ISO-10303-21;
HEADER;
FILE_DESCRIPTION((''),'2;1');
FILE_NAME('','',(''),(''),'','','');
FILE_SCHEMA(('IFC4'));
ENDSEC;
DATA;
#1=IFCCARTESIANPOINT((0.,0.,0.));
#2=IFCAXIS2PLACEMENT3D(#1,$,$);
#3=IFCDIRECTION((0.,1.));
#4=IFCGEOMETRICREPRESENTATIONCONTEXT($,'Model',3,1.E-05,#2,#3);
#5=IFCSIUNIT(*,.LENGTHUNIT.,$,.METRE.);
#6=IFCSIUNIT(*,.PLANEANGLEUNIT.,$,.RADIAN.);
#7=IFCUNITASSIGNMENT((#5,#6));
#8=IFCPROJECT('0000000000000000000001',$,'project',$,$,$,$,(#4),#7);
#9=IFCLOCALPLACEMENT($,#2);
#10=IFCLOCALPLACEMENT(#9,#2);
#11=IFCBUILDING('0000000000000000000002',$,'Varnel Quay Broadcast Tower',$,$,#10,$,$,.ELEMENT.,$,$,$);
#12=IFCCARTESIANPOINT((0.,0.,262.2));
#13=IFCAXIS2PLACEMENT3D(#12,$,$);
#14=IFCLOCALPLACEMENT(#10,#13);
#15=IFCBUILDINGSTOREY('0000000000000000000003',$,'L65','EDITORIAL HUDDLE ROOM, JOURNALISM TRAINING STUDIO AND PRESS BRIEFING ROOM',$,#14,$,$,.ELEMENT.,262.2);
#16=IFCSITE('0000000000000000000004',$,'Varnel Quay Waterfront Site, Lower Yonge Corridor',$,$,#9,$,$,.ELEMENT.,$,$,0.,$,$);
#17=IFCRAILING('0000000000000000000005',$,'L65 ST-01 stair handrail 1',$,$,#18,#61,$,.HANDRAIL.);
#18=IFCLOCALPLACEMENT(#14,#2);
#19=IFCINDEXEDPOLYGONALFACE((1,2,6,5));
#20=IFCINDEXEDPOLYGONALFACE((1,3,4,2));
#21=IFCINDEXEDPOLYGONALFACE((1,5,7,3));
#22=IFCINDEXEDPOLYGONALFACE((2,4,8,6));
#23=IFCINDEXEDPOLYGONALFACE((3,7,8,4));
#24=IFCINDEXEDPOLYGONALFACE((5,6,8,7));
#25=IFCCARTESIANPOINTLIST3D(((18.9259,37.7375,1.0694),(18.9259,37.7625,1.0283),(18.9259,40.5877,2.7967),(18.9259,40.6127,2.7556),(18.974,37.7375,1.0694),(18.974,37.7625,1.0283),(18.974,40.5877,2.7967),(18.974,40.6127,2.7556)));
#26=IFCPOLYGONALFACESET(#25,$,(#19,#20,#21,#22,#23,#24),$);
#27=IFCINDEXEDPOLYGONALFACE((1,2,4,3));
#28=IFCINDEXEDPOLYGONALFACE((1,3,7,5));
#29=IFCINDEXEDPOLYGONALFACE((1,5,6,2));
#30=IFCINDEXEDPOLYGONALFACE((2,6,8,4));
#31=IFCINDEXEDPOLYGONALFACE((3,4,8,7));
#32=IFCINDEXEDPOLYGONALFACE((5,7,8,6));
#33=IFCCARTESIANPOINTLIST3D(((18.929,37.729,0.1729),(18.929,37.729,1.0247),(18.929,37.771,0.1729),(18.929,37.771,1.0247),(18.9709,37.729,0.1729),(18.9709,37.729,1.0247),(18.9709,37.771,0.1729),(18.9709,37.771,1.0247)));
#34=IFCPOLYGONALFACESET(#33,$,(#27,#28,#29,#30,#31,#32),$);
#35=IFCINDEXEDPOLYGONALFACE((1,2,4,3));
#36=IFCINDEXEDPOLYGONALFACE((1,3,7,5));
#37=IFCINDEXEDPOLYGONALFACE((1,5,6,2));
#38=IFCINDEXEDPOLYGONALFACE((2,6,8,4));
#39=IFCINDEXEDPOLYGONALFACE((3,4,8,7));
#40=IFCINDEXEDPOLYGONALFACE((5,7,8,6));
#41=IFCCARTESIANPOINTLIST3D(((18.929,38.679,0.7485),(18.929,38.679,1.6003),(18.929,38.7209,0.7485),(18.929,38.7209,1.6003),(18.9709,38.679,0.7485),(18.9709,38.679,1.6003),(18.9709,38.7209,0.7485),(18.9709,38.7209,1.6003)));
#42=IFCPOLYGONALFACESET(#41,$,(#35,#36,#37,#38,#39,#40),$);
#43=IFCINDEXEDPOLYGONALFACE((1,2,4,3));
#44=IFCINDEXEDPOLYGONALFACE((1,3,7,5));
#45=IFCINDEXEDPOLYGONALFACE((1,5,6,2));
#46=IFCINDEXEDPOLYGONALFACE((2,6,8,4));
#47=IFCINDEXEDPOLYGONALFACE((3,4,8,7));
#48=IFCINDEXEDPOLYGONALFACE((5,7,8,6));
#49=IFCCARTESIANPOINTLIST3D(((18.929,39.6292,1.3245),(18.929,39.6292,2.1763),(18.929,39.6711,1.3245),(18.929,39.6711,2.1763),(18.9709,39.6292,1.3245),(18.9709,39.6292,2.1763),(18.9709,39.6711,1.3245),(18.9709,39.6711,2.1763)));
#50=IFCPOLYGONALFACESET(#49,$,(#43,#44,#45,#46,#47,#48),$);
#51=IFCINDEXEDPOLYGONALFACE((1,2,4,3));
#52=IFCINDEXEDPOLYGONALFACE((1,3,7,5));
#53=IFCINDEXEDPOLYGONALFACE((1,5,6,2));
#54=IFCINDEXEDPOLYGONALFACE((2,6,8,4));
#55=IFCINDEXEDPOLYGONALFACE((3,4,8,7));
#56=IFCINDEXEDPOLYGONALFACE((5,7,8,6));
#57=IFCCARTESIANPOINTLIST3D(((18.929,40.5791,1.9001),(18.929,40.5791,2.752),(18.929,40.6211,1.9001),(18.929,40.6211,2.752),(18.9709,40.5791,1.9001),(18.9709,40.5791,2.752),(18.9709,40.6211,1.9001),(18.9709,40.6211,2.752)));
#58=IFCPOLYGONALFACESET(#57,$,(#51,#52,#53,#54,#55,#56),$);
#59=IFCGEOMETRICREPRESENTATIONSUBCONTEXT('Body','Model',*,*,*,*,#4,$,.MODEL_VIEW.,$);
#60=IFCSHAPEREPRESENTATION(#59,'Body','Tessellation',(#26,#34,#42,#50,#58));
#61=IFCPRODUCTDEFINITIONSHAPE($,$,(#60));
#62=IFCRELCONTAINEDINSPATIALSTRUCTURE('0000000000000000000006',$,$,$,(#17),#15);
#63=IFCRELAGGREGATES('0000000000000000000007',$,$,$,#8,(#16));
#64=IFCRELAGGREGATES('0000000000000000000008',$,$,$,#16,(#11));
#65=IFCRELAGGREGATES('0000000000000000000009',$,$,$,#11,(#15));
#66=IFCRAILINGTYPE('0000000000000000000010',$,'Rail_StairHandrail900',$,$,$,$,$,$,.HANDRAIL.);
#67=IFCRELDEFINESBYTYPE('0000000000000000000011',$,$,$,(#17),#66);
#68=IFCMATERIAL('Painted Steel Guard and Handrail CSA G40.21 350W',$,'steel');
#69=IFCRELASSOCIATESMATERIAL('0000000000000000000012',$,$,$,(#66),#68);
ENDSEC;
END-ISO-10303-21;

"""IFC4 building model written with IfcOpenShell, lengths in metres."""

from ifc_helpers import new_model, si_unit, direction, frame, origin, origin_2d, place, context, subcontext, project, spatial, rectangle, extrude, material, type_object, element, save


model = new_model("IFC4")

# Units and contexts
model_context = context("Model", 3, precision=1e-05, world=origin(), true_north=direction((0.0, 1.0)))
body_context = subcontext(model_context, "Body", "Model", "MODEL_VIEW")
ifc_project = project(units=[si_unit("LENGTHUNIT", "METRE"), si_unit("PLANEANGLEUNIT", "RADIAN")], contexts=[model_context])

# Site, building, storey
site_placement = place(None, origin())
site = spatial("IfcSite", under=ifc_project, at=site_placement, Name="Varnel Quay Waterfront Site, Lower Yonge Corridor", CompositionType="ELEMENT", RefElevation=0.0)
building_placement = place(site_placement, origin())
building = spatial("IfcBuilding", under=site, at=building_placement, Name="Varnel Quay Broadcast Tower", CompositionType="ELEMENT")
storey_placement = place(building_placement, frame((0.0, 0.0, 262.2)))
storey = spatial("IfcBuildingStorey", under=building, at=storey_placement, Name="L65", Description="EDITORIAL HUDDLE ROOM, JOURNALISM TRAINING STUDIO AND PRESS BRIEFING ROOM", CompositionType="ELEMENT", Elevation=262.2)

# Railing
ifc_material_1 = material(Name="Painted Steel Guard and Handrail CSA G40.21 350W", Category="steel")
railing_type_1 = type_object("IfcRailingType", Name="Rail_StairHandrail900", PredefinedType="HANDRAIL", material=ifc_material_1)
railing_1_placement = place(storey_placement, frame((18.95, 37.75, 0.1729)))
element("IfcRailing", 1, at=railing_1_placement, inside=storey, type_object=railing_type_1, Name="L65 ST-01 stair handrail 1", PredefinedType="HANDRAIL", context=body_context, shape_type="SweptSolid", body=[
    extrude(rectangle(XDim=0.0481, YDim=0.0481, at=origin_2d()), frame((0.0, 0.0, 0.876), z_axis=(0.0, 0.855203, 0.518294), x_axis=(-1.0, 0.0, 0.0)), (0.0, 0.0, 1.0), 3.3328),
    extrude(rectangle(XDim=0.042, YDim=0.042, at=origin_2d()), origin(), (0.0, 0.0, 1.0), 0.8518),
    extrude(rectangle(XDim=0.042, YDim=0.042, at=origin_2d()), frame((0.0, 0.95, 0.5757)), (0.0, 0.0, 1.0), 0.8518),
    extrude(rectangle(XDim=0.042, YDim=0.042, at=origin_2d()), frame((0.0, 1.9001, 1.1516)), (0.0, 0.0, 1.0), 0.8518),
    extrude(rectangle(XDim=0.042, YDim=0.042, at=origin_2d()), frame((0.0, 2.8501, 1.7273)), (0.0, 0.0, 1.0), 0.8518),
])

save(model, "model.ifc")
